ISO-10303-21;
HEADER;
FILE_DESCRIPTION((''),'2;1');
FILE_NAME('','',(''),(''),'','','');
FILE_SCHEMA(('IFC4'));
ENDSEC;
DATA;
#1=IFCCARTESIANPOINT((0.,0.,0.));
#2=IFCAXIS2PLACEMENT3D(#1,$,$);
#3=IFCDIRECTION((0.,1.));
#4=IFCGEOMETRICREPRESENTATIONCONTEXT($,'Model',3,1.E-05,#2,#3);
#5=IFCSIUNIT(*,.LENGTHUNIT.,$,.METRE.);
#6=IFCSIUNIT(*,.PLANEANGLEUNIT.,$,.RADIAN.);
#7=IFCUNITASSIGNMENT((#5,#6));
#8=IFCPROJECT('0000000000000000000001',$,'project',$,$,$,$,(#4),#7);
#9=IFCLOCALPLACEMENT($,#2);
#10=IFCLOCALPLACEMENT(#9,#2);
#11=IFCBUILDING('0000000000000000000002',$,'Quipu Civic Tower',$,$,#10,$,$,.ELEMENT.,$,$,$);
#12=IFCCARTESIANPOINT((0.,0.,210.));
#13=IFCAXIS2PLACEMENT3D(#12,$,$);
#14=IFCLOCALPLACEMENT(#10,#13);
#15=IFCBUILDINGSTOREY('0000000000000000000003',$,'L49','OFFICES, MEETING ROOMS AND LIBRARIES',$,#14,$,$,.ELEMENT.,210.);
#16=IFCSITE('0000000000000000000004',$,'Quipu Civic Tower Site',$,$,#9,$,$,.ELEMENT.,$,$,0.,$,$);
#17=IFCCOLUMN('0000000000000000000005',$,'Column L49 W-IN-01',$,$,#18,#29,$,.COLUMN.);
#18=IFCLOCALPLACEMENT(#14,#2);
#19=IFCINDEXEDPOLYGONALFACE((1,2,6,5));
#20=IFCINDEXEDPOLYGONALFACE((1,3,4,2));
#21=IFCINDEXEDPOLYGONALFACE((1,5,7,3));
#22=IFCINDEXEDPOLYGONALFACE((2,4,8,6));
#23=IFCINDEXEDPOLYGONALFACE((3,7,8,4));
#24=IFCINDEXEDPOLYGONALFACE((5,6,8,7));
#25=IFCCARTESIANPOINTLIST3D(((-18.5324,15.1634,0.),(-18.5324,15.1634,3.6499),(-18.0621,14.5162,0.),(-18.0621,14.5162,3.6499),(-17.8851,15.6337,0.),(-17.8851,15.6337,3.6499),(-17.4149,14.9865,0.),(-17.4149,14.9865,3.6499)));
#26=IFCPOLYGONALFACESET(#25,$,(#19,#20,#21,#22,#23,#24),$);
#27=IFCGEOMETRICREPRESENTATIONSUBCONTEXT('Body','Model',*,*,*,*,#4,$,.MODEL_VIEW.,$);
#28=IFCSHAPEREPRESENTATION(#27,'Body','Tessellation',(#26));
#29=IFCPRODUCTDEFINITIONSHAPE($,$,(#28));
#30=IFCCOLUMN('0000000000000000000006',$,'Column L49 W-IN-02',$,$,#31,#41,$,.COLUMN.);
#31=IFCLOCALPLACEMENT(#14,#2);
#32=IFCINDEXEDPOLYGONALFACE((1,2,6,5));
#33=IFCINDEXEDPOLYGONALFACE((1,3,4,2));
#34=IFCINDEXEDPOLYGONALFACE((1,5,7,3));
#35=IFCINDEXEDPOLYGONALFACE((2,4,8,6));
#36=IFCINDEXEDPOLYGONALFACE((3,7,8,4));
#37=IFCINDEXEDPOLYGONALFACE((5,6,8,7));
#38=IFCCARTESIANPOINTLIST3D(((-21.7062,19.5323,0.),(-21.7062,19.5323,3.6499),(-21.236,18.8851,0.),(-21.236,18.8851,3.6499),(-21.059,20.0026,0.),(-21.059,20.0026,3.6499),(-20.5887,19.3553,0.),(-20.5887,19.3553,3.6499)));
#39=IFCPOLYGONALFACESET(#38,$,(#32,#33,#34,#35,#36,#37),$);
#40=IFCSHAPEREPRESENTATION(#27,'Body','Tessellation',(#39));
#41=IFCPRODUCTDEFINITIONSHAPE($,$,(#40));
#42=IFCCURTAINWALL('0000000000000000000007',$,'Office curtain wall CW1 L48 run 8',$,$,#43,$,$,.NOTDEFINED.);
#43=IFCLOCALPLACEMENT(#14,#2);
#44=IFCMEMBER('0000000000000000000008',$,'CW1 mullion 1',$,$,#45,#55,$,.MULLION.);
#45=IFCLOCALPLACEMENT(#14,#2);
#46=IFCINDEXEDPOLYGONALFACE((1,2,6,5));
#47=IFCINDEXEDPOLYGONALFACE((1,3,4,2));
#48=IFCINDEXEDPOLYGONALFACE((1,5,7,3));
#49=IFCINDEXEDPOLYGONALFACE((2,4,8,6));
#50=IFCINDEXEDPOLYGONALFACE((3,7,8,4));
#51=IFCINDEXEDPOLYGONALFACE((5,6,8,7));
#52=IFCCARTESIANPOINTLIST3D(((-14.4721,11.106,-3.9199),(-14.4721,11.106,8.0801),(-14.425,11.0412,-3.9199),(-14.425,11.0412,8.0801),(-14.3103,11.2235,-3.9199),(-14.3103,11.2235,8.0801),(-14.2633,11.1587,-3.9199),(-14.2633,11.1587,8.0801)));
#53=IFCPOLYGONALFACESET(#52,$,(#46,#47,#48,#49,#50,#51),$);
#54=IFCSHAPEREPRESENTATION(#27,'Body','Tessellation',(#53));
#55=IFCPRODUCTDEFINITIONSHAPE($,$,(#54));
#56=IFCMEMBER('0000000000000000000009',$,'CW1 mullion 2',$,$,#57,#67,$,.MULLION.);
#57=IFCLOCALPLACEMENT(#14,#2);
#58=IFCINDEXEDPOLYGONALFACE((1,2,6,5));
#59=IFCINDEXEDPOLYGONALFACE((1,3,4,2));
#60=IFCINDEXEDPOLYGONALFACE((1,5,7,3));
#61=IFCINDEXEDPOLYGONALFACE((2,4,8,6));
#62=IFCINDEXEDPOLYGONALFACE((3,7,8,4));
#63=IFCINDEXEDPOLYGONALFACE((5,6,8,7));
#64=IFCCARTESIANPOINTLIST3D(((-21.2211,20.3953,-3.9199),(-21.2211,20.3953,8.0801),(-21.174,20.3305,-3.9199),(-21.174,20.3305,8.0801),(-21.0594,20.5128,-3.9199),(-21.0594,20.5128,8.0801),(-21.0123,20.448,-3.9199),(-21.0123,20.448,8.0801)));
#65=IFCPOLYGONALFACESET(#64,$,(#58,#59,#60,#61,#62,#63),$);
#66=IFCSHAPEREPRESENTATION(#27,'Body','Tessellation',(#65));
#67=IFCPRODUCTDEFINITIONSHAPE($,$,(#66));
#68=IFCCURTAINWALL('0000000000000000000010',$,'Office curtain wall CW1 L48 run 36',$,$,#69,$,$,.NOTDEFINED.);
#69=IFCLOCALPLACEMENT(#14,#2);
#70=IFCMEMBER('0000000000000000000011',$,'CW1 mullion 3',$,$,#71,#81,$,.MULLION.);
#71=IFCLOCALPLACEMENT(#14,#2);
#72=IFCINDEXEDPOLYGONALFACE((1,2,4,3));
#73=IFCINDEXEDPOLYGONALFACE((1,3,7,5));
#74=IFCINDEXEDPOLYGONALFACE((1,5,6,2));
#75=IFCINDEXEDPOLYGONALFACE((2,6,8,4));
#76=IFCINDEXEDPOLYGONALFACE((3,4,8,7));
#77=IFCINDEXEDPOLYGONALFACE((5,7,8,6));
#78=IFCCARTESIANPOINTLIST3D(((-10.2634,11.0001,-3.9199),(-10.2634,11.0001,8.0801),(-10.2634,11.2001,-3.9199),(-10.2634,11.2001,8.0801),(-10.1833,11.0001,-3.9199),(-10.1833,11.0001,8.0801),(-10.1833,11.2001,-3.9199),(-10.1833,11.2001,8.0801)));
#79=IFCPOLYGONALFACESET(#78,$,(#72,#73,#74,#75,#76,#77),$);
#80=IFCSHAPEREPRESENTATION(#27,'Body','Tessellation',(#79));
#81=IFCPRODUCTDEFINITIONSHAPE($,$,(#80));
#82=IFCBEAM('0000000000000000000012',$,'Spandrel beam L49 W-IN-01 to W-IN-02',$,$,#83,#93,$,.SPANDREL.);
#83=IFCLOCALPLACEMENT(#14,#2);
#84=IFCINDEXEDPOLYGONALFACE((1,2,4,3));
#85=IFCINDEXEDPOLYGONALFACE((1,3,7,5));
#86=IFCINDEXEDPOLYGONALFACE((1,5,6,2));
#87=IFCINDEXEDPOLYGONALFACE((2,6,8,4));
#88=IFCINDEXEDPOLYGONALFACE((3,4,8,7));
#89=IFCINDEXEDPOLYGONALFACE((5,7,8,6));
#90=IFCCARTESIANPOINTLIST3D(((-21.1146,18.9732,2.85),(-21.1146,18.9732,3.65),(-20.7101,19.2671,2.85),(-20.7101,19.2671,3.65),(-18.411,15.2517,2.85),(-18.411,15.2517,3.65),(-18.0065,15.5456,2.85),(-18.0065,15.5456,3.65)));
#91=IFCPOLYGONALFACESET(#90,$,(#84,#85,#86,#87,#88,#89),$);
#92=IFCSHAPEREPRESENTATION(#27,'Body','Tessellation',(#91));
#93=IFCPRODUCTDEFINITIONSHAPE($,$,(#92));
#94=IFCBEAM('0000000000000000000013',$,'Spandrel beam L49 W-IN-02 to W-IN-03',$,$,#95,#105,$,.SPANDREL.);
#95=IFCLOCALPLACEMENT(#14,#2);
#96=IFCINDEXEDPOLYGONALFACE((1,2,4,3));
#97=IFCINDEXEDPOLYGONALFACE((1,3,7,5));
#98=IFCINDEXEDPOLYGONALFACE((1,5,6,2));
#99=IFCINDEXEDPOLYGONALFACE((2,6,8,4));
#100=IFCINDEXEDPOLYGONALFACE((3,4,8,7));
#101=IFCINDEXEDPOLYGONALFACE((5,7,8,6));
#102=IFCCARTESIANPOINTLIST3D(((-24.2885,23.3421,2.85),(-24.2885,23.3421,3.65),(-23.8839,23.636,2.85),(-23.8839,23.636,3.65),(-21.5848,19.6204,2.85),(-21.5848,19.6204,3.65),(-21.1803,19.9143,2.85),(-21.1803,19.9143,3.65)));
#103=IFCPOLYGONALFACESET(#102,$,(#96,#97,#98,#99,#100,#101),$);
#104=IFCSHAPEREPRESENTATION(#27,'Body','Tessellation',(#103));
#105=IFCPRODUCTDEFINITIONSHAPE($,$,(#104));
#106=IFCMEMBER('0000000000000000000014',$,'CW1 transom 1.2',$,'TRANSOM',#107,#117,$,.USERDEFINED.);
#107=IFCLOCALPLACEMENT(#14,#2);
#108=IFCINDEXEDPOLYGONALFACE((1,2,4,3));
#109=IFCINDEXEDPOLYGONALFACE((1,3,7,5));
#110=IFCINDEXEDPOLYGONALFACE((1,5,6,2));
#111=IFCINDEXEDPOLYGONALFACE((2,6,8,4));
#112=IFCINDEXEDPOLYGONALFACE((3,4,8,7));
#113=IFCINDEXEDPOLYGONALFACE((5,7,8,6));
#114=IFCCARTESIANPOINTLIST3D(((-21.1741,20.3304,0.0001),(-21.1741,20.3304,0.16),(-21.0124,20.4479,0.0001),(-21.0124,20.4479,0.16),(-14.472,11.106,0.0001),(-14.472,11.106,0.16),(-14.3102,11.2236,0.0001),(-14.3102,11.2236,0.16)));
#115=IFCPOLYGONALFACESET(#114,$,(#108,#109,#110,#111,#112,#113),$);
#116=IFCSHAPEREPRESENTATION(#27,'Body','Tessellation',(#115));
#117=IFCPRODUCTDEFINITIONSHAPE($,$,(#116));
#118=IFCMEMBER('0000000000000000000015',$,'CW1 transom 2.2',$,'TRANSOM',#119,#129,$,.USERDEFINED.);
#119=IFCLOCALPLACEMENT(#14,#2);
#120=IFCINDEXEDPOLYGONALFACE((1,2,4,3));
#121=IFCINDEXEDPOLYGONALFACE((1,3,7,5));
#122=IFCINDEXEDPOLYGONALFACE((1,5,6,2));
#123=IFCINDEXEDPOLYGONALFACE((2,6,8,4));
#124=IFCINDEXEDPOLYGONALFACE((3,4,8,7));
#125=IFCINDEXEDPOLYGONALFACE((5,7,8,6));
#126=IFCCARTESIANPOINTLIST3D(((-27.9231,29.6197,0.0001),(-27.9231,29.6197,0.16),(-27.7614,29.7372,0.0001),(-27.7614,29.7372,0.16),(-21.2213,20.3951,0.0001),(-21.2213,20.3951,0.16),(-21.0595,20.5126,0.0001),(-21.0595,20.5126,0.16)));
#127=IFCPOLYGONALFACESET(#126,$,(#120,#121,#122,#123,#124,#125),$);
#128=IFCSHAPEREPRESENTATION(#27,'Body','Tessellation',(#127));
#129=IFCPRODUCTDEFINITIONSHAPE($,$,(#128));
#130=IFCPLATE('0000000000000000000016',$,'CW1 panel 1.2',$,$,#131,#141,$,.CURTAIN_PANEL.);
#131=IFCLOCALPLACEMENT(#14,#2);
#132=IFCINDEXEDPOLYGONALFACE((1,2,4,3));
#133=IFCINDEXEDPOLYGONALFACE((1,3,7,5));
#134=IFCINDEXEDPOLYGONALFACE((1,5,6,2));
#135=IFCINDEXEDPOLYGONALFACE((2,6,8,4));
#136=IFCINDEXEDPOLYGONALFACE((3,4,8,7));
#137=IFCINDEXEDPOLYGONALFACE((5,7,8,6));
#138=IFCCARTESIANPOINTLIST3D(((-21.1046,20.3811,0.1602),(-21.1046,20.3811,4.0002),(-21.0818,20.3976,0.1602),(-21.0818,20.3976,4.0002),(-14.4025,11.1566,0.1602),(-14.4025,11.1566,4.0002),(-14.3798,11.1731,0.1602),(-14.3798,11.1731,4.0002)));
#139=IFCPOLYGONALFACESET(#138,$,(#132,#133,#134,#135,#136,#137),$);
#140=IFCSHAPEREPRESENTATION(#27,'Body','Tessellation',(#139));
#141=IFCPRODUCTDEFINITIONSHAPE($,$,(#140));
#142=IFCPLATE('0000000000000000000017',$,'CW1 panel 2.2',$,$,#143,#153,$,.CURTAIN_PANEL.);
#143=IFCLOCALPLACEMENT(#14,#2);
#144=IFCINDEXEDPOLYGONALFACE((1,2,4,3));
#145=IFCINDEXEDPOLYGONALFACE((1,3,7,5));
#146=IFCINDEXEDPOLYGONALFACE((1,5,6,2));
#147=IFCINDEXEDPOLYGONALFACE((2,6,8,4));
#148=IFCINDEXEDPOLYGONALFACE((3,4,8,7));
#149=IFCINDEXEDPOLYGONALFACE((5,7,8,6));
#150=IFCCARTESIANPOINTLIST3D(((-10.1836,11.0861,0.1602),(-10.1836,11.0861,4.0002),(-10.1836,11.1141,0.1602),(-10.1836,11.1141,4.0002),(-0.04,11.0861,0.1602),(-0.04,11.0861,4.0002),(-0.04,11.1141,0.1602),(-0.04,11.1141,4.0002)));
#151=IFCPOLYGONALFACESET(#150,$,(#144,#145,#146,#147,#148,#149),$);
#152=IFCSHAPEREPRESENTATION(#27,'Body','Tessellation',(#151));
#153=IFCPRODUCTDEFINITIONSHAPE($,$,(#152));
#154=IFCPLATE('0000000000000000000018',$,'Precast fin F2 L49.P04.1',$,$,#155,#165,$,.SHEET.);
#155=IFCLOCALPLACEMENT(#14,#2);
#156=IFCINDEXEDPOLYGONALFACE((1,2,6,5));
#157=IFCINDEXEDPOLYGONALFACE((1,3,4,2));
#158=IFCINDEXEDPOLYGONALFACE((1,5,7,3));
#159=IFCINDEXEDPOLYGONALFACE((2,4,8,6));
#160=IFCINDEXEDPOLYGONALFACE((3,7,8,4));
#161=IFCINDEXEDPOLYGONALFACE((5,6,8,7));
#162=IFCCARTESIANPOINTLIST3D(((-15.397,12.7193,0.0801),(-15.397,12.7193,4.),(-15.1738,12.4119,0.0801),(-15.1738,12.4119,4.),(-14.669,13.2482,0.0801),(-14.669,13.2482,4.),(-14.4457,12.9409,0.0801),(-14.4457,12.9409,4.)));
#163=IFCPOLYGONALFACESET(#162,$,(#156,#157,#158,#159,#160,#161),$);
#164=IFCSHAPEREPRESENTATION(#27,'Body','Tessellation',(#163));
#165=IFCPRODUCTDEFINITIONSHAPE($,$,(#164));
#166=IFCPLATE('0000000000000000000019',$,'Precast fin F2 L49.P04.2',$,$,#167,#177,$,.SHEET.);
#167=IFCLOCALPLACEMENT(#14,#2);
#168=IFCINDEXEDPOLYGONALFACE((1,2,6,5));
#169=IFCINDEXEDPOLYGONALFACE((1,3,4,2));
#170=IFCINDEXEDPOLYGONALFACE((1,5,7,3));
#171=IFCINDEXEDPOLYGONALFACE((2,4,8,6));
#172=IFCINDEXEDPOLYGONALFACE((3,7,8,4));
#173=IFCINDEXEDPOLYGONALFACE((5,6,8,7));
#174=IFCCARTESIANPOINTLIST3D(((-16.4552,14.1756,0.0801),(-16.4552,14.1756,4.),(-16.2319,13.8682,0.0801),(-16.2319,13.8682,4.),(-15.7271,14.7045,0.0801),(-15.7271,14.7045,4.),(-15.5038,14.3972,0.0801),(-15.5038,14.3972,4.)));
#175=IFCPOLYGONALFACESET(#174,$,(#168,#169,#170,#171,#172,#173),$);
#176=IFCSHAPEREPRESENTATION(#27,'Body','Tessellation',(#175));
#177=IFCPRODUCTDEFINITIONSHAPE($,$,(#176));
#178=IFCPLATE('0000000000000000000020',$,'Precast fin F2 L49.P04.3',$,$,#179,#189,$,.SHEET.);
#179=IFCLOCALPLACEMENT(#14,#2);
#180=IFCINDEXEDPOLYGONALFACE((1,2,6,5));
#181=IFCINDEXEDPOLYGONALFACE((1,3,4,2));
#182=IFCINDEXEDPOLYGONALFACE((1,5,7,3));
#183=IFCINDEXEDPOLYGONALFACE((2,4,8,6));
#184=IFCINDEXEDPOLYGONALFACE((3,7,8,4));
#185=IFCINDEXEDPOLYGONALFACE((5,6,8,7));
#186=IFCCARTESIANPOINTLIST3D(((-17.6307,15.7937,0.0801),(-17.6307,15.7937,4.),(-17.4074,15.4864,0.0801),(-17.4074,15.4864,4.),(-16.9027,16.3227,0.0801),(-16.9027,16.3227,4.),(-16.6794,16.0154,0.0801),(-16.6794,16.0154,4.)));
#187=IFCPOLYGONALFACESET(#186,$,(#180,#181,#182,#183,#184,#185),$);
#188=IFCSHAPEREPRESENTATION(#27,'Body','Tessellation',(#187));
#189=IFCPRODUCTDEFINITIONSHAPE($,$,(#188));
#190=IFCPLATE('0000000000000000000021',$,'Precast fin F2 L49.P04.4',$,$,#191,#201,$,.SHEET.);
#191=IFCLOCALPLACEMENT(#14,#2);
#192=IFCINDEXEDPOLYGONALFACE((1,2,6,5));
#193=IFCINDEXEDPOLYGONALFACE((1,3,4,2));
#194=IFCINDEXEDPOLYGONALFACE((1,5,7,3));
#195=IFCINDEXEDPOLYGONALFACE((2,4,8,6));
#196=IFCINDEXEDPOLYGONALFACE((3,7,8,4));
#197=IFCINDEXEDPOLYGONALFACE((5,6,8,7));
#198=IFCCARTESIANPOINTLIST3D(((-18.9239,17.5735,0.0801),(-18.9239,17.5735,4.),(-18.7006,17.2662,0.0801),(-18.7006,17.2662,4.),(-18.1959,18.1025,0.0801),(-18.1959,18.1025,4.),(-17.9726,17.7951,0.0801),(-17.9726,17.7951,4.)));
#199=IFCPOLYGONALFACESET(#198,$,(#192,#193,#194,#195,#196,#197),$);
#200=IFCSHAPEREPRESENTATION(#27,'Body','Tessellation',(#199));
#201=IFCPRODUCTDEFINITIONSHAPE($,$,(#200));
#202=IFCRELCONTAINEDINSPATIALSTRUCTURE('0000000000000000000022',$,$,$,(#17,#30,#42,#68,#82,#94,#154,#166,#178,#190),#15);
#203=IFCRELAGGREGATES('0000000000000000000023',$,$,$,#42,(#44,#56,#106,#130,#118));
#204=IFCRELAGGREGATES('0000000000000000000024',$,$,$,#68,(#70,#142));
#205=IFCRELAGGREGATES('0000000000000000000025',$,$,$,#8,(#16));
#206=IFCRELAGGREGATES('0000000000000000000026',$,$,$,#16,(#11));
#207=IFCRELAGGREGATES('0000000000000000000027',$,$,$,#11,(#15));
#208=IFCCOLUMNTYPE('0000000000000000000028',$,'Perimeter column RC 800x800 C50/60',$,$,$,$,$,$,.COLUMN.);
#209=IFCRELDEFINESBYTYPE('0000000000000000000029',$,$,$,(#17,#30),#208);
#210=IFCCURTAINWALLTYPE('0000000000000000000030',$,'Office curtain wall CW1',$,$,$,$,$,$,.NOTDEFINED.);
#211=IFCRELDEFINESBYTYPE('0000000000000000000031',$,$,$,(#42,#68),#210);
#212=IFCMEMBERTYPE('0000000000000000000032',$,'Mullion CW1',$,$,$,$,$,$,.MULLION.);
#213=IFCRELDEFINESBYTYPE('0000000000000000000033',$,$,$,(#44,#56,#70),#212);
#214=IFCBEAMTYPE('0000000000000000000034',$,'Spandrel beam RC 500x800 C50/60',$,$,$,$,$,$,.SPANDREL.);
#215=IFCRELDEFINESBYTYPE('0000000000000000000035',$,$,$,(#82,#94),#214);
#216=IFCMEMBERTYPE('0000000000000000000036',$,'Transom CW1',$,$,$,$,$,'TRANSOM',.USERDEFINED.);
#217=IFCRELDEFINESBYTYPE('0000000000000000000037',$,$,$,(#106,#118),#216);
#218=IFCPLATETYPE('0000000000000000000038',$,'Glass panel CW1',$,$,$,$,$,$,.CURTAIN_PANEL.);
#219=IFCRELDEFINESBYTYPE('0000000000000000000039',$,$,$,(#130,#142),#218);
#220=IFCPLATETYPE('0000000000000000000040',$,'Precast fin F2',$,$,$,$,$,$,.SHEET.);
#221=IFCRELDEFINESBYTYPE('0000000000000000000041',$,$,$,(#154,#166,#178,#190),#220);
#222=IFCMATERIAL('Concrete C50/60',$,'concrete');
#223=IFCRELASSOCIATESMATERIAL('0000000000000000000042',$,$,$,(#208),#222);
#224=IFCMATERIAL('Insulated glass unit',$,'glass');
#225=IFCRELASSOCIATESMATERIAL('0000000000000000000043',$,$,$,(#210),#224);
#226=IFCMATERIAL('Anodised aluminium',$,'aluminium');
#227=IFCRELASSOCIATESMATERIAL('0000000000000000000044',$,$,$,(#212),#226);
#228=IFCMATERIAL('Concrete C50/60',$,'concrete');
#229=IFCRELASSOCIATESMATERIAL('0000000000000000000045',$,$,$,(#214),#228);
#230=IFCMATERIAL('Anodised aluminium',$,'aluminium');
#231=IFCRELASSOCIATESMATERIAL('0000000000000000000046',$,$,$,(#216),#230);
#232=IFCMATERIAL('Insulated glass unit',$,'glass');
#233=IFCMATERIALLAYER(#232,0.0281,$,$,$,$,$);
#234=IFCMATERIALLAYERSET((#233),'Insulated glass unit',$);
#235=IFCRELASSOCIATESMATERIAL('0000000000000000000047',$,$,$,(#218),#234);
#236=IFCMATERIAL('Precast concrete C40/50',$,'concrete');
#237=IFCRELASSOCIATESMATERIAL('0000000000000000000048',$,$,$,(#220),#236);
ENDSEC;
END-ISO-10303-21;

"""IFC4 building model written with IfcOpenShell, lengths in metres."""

from ifc_helpers import new_model, si_unit, direction, frame, origin, origin_2d, place, context, subcontext, project, spatial, rectangle, extrude, material, layer, layer_set, material_profile, profile_set, type_object, element, aggregate, save


model = new_model("IFC4")

# Units and contexts
model_context = context("Model", 3, precision=1e-05, world=origin(), true_north=direction((0.0, 1.0)))
body_context = subcontext(model_context, "Body", "Model", "MODEL_VIEW")
ifc_project = project(units=[si_unit("LENGTHUNIT", "METRE"), si_unit("PLANEANGLEUNIT", "RADIAN")], contexts=[model_context])

# Site, building, storey
site_placement = place(None, origin())
site = spatial("IfcSite", under=ifc_project, at=site_placement, Name="Quipu Civic Tower Site", CompositionType="ELEMENT", RefElevation=0.0)
building_placement = place(site_placement, origin())
building = spatial("IfcBuilding", under=site, at=building_placement, Name="Quipu Civic Tower", CompositionType="ELEMENT")
storey_placement = place(building_placement, frame((0.0, 0.0, 210.0)))
storey = spatial("IfcBuildingStorey", under=building, at=storey_placement, Name="L49", Description="OFFICES, MEETING ROOMS AND LIBRARIES", CompositionType="ELEMENT", Elevation=210.0)

# Columns
ifc_material_1 = material(Name="Concrete C50/60", Category="concrete")
ifc_material_profile_1 = material_profile(ifc_material_1, rectangle(XDim=0.8, YDim=0.8, at=origin_2d()), Name="RC800x800")
ifc_profile_set_1 = profile_set([ifc_material_profile_1], Name="Concrete C50/60")
column_type = type_object("IfcColumnType", Name="Perimeter column RC 800x800 C50/60", PredefinedType="COLUMN", material=ifc_profile_set_1)
for number, where, z_axis, x_axis, name in (
    (1, (-17.9736, 15.075, 0.0), (0.0, 0.0, 1.0), (-0.587785, 0.809017, 0.0), "Column L49 W-IN-01"),
    (2, (-21.1475, 19.4438, 0.0), (0.0, 0.0, 1.0), (-0.587785, 0.809017, 0.0), "Column L49 W-IN-02"),
):
    element("IfcColumn", number, at=place(storey_placement, frame(where, z_axis=z_axis, x_axis=x_axis)), inside=storey, type_object=column_type, Name=name, PredefinedType="COLUMN", context=body_context, shape_type="SweptSolid", body=[
        extrude(rectangle(XDim=0.8, YDim=0.8, at=origin_2d()), origin(), (0.0, 0.0, 1.0), 3.6499),
    ])

# Curtain wall, members
ifc_material_2 = material(Name="Insulated glass unit", Category="glass")
curtain_wall_type = type_object("IfcCurtainWallType", Name="Office curtain wall CW1", PredefinedType="NOTDEFINED", material=ifc_material_2)
curtain_wall_1_placement = place(storey_placement, origin())
curtain_wall_1 = element("IfcCurtainWall", 3, at=curtain_wall_1_placement, inside=storey, type_object=curtain_wall_type, Name="Office curtain wall CW1 L48 run 8", PredefinedType="NOTDEFINED")
ifc_material_3 = material(Name="Anodised aluminium", Category="aluminium")
ifc_material_profile_2 = material_profile(ifc_material_3, rectangle(XDim=0.2, YDim=0.0801, at=origin_2d()), Name="RECT 200x80")
ifc_profile_set_2 = profile_set([ifc_material_profile_2], Name="Anodised aluminium")
member_type_1 = type_object("IfcMemberType", Name="Mullion CW1", PredefinedType="MULLION", material=ifc_profile_set_2)
member_1_placement = place(storey_placement, frame((-14.3677, 11.1323, -3.9199), z_axis=(0.0, 0.0, 1.0), x_axis=(-0.809014, -0.587789, 0.0)))
member_1 = element("IfcMember", 4, at=member_1_placement, type_object=member_type_1, Name="CW1 mullion 1", PredefinedType="MULLION", context=body_context, shape_type="SweptSolid", body=[
    extrude(rectangle(XDim=0.2, YDim=0.0801, at=origin_2d()), origin(), (0.0, 0.0, 1.0), 12.0),
])
member_2_placement = place(storey_placement, frame((-21.1167, 20.4216, -3.9199), z_axis=(0.0, 0.0, 1.0), x_axis=(-0.809014, -0.587789, 0.0)))
member_2 = element("IfcMember", 5, at=member_2_placement, type_object=member_type_1, Name="CW1 mullion 2", PredefinedType="MULLION", context=body_context, shape_type="SweptSolid", body=[
    extrude(rectangle(XDim=0.2, YDim=0.0801, at=origin_2d()), origin(), (0.0, 0.0, 1.0), 12.0),
])

# Curtain wall, member
curtain_wall_2_placement = place(storey_placement, origin())
curtain_wall_2 = element("IfcCurtainWall", 6, at=curtain_wall_2_placement, inside=storey, type_object=curtain_wall_type, Name="Office curtain wall CW1 L48 run 36", PredefinedType="NOTDEFINED")
member_3_placement = place(storey_placement, frame((-10.2234, 11.1001, -3.9199), z_axis=(0.0, 0.0, 1.0), x_axis=(0.0, -1.0, 0.0)))
member_3 = element("IfcMember", 7, at=member_3_placement, type_object=member_type_1, Name="CW1 mullion 3", PredefinedType="MULLION", context=body_context, shape_type="SweptSolid", body=[
    extrude(rectangle(XDim=0.2, YDim=0.0801, at=origin_2d()), origin(), (0.0, 0.0, 1.0), 12.0),
])

# Beams
ifc_material_4 = material(Name="Concrete C50/60", Category="concrete")
ifc_material_profile_3 = material_profile(ifc_material_4, rectangle(XDim=0.5, YDim=0.8, at=origin_2d()), Name="RC500x800")
ifc_profile_set_3 = profile_set([ifc_material_profile_3], Name="Concrete C50/60")
beam_type = type_object("IfcBeamType", Name="Spandrel beam RC 500x800 C50/60", PredefinedType="SPANDREL", material=ifc_profile_set_3)
beam_1_placement = place(storey_placement, frame((-18.2087, 15.3987, 3.25), z_axis=(-0.587761, 0.809034, 0.0), x_axis=(-0.809034, -0.587761, 0.0)))
element("IfcBeam", 8, at=beam_1_placement, inside=storey, type_object=beam_type, Name="Spandrel beam L49 W-IN-01 to W-IN-02", PredefinedType="SPANDREL", context=body_context, shape_type="SweptSolid", body=[
    extrude(rectangle(XDim=0.5, YDim=0.8, at=origin_2d()), origin(), (0.0, 0.0, 1.0), 4.5999),
])
beam_2_placement = place(storey_placement, frame((-21.3826, 19.7673, 3.25), z_axis=(-0.587736, 0.809053, 0.0), x_axis=(-0.809053, -0.587736, 0.0)))
element("IfcBeam", 9, at=beam_2_placement, inside=storey, type_object=beam_type, Name="Spandrel beam L49 W-IN-02 to W-IN-03", PredefinedType="SPANDREL", context=body_context, shape_type="SweptSolid", body=[
    extrude(rectangle(XDim=0.5, YDim=0.8, at=origin_2d()), origin(), (0.0, 0.0, 1.0), 4.6001),
])

# Members
ifc_material_5 = material(Name="Anodised aluminium", Category="aluminium")
ifc_material_profile_4 = material_profile(ifc_material_5, rectangle(XDim=0.2, YDim=0.1599, at=origin_2d()), Name="RECT 200x160")
ifc_profile_set_4 = profile_set([ifc_material_profile_4], Name="Anodised aluminium")
member_type_2 = type_object("IfcMemberType", Name="Transom CW1", ElementType="TRANSOM", PredefinedType="USERDEFINED", material=ifc_profile_set_4)
member_4_placement = place(storey_placement, frame((-14.3911, 11.1648, 0.0801), z_axis=(-0.5878, 0.809006, 0.0), x_axis=(-0.809006, -0.5878, 0.0)))
member_4 = element("IfcMember", 10, at=member_4_placement, type_object=member_type_2, Name="CW1 transom 1.2", ObjectType="TRANSOM", PredefinedType="USERDEFINED", context=body_context, shape_type="SweptSolid", body=[
    extrude(rectangle(XDim=0.2, YDim=0.1599, at=origin_2d()), origin(), (0.0, 0.0, 1.0), 11.4021),
])
member_5_placement = place(storey_placement, frame((-21.1404, 20.4539, 0.0801), z_axis=(-0.587776, 0.809024, 0.0), x_axis=(-0.809024, -0.587776, 0.0)))
member_5 = element("IfcMember", 11, at=member_5_placement, type_object=member_type_2, Name="CW1 transom 2.2", ObjectType="TRANSOM", PredefinedType="USERDEFINED", context=body_context, shape_type="SweptSolid", body=[
    extrude(rectangle(XDim=0.2, YDim=0.1599, at=origin_2d()), origin(), (0.0, 0.0, 1.0), 11.4021),
])

# Plates
ifc_material_6 = material(Name="Insulated glass unit", Category="glass")
ifc_layer_1 = layer(ifc_material_6, 0.0281)
ifc_layer_set_1 = layer_set([ifc_layer_1], Name="Insulated glass unit")
plate_type_1 = type_object("IfcPlateType", Name="Glass panel CW1", PredefinedType="CURTAIN_PANEL", material=ifc_layer_set_1)
plate_1_placement = place(storey_placement, frame((-17.7422, 15.7771, 0.1602), z_axis=(0.0, 0.0, 1.0), x_axis=(-0.587789, 0.809014, 0.0)))
plate_1 = element("IfcPlate", 12, at=plate_1_placement, type_object=plate_type_1, Name="CW1 panel 1.2", PredefinedType="CURTAIN_PANEL", context=body_context, shape_type="SweptSolid", body=[
    extrude(rectangle(XDim=11.4021, YDim=0.0281, at=origin_2d()), origin(), (0.0, 0.0, 1.0), 3.8401),
])
aggregate(curtain_wall_1, [member_1, member_2, member_4, plate_1, member_5])
plate_2_placement = place(storey_placement, frame((-5.1118, 11.1001, 0.1602), z_axis=(0.0, 0.0, 1.0), x_axis=(-1.0, 0.0, 0.0)))
plate_2 = element("IfcPlate", 13, at=plate_2_placement, type_object=plate_type_1, Name="CW1 panel 2.2", PredefinedType="CURTAIN_PANEL", context=body_context, shape_type="SweptSolid", body=[
    extrude(rectangle(XDim=10.1436, YDim=0.0281, at=origin_2d()), origin(), (0.0, 0.0, 1.0), 3.8401),
])
aggregate(curtain_wall_2, [member_3, plate_2])

# Plates
ifc_material_7 = material(Name="Precast concrete C40/50", Category="concrete")
plate_type_2 = type_object("IfcPlateType", Name="Precast fin F2", PredefinedType="SHEET", material=ifc_material_7)
for number, where, z_axis, x_axis, name in (
    (14, (-14.9214, 12.8301, 0.0801), (0.0, 0.0, 1.0), (-0.587787, 0.809016, 0.0), "Precast fin F2 L49.P04.1"),
    (15, (-15.9795, 14.2864, 0.0801), (0.0, 0.0, 1.0), (-0.587787, 0.809016, 0.0), "Precast fin F2 L49.P04.2"),
    (16, (-17.155, 15.9045, 0.0801), (0.0, 0.0, 1.0), (-0.587787, 0.809016, 0.0), "Precast fin F2 L49.P04.3"),
    (17, (-18.4482, 17.6843, 0.0801), (0.0, 0.0, 1.0), (-0.587787, 0.809016, 0.0), "Precast fin F2 L49.P04.4"),
):
    element("IfcPlate", number, at=place(storey_placement, frame(where, z_axis=z_axis, x_axis=x_axis)), inside=storey, type_object=plate_type_2, Name=name, PredefinedType="SHEET", context=body_context, shape_type="SweptSolid", body=[
        extrude(rectangle(XDim=0.3799, YDim=0.8999, at=origin_2d()), origin(), (0.0, 0.0, 1.0), 3.9199),
    ])

save(model, "model.ifc")
